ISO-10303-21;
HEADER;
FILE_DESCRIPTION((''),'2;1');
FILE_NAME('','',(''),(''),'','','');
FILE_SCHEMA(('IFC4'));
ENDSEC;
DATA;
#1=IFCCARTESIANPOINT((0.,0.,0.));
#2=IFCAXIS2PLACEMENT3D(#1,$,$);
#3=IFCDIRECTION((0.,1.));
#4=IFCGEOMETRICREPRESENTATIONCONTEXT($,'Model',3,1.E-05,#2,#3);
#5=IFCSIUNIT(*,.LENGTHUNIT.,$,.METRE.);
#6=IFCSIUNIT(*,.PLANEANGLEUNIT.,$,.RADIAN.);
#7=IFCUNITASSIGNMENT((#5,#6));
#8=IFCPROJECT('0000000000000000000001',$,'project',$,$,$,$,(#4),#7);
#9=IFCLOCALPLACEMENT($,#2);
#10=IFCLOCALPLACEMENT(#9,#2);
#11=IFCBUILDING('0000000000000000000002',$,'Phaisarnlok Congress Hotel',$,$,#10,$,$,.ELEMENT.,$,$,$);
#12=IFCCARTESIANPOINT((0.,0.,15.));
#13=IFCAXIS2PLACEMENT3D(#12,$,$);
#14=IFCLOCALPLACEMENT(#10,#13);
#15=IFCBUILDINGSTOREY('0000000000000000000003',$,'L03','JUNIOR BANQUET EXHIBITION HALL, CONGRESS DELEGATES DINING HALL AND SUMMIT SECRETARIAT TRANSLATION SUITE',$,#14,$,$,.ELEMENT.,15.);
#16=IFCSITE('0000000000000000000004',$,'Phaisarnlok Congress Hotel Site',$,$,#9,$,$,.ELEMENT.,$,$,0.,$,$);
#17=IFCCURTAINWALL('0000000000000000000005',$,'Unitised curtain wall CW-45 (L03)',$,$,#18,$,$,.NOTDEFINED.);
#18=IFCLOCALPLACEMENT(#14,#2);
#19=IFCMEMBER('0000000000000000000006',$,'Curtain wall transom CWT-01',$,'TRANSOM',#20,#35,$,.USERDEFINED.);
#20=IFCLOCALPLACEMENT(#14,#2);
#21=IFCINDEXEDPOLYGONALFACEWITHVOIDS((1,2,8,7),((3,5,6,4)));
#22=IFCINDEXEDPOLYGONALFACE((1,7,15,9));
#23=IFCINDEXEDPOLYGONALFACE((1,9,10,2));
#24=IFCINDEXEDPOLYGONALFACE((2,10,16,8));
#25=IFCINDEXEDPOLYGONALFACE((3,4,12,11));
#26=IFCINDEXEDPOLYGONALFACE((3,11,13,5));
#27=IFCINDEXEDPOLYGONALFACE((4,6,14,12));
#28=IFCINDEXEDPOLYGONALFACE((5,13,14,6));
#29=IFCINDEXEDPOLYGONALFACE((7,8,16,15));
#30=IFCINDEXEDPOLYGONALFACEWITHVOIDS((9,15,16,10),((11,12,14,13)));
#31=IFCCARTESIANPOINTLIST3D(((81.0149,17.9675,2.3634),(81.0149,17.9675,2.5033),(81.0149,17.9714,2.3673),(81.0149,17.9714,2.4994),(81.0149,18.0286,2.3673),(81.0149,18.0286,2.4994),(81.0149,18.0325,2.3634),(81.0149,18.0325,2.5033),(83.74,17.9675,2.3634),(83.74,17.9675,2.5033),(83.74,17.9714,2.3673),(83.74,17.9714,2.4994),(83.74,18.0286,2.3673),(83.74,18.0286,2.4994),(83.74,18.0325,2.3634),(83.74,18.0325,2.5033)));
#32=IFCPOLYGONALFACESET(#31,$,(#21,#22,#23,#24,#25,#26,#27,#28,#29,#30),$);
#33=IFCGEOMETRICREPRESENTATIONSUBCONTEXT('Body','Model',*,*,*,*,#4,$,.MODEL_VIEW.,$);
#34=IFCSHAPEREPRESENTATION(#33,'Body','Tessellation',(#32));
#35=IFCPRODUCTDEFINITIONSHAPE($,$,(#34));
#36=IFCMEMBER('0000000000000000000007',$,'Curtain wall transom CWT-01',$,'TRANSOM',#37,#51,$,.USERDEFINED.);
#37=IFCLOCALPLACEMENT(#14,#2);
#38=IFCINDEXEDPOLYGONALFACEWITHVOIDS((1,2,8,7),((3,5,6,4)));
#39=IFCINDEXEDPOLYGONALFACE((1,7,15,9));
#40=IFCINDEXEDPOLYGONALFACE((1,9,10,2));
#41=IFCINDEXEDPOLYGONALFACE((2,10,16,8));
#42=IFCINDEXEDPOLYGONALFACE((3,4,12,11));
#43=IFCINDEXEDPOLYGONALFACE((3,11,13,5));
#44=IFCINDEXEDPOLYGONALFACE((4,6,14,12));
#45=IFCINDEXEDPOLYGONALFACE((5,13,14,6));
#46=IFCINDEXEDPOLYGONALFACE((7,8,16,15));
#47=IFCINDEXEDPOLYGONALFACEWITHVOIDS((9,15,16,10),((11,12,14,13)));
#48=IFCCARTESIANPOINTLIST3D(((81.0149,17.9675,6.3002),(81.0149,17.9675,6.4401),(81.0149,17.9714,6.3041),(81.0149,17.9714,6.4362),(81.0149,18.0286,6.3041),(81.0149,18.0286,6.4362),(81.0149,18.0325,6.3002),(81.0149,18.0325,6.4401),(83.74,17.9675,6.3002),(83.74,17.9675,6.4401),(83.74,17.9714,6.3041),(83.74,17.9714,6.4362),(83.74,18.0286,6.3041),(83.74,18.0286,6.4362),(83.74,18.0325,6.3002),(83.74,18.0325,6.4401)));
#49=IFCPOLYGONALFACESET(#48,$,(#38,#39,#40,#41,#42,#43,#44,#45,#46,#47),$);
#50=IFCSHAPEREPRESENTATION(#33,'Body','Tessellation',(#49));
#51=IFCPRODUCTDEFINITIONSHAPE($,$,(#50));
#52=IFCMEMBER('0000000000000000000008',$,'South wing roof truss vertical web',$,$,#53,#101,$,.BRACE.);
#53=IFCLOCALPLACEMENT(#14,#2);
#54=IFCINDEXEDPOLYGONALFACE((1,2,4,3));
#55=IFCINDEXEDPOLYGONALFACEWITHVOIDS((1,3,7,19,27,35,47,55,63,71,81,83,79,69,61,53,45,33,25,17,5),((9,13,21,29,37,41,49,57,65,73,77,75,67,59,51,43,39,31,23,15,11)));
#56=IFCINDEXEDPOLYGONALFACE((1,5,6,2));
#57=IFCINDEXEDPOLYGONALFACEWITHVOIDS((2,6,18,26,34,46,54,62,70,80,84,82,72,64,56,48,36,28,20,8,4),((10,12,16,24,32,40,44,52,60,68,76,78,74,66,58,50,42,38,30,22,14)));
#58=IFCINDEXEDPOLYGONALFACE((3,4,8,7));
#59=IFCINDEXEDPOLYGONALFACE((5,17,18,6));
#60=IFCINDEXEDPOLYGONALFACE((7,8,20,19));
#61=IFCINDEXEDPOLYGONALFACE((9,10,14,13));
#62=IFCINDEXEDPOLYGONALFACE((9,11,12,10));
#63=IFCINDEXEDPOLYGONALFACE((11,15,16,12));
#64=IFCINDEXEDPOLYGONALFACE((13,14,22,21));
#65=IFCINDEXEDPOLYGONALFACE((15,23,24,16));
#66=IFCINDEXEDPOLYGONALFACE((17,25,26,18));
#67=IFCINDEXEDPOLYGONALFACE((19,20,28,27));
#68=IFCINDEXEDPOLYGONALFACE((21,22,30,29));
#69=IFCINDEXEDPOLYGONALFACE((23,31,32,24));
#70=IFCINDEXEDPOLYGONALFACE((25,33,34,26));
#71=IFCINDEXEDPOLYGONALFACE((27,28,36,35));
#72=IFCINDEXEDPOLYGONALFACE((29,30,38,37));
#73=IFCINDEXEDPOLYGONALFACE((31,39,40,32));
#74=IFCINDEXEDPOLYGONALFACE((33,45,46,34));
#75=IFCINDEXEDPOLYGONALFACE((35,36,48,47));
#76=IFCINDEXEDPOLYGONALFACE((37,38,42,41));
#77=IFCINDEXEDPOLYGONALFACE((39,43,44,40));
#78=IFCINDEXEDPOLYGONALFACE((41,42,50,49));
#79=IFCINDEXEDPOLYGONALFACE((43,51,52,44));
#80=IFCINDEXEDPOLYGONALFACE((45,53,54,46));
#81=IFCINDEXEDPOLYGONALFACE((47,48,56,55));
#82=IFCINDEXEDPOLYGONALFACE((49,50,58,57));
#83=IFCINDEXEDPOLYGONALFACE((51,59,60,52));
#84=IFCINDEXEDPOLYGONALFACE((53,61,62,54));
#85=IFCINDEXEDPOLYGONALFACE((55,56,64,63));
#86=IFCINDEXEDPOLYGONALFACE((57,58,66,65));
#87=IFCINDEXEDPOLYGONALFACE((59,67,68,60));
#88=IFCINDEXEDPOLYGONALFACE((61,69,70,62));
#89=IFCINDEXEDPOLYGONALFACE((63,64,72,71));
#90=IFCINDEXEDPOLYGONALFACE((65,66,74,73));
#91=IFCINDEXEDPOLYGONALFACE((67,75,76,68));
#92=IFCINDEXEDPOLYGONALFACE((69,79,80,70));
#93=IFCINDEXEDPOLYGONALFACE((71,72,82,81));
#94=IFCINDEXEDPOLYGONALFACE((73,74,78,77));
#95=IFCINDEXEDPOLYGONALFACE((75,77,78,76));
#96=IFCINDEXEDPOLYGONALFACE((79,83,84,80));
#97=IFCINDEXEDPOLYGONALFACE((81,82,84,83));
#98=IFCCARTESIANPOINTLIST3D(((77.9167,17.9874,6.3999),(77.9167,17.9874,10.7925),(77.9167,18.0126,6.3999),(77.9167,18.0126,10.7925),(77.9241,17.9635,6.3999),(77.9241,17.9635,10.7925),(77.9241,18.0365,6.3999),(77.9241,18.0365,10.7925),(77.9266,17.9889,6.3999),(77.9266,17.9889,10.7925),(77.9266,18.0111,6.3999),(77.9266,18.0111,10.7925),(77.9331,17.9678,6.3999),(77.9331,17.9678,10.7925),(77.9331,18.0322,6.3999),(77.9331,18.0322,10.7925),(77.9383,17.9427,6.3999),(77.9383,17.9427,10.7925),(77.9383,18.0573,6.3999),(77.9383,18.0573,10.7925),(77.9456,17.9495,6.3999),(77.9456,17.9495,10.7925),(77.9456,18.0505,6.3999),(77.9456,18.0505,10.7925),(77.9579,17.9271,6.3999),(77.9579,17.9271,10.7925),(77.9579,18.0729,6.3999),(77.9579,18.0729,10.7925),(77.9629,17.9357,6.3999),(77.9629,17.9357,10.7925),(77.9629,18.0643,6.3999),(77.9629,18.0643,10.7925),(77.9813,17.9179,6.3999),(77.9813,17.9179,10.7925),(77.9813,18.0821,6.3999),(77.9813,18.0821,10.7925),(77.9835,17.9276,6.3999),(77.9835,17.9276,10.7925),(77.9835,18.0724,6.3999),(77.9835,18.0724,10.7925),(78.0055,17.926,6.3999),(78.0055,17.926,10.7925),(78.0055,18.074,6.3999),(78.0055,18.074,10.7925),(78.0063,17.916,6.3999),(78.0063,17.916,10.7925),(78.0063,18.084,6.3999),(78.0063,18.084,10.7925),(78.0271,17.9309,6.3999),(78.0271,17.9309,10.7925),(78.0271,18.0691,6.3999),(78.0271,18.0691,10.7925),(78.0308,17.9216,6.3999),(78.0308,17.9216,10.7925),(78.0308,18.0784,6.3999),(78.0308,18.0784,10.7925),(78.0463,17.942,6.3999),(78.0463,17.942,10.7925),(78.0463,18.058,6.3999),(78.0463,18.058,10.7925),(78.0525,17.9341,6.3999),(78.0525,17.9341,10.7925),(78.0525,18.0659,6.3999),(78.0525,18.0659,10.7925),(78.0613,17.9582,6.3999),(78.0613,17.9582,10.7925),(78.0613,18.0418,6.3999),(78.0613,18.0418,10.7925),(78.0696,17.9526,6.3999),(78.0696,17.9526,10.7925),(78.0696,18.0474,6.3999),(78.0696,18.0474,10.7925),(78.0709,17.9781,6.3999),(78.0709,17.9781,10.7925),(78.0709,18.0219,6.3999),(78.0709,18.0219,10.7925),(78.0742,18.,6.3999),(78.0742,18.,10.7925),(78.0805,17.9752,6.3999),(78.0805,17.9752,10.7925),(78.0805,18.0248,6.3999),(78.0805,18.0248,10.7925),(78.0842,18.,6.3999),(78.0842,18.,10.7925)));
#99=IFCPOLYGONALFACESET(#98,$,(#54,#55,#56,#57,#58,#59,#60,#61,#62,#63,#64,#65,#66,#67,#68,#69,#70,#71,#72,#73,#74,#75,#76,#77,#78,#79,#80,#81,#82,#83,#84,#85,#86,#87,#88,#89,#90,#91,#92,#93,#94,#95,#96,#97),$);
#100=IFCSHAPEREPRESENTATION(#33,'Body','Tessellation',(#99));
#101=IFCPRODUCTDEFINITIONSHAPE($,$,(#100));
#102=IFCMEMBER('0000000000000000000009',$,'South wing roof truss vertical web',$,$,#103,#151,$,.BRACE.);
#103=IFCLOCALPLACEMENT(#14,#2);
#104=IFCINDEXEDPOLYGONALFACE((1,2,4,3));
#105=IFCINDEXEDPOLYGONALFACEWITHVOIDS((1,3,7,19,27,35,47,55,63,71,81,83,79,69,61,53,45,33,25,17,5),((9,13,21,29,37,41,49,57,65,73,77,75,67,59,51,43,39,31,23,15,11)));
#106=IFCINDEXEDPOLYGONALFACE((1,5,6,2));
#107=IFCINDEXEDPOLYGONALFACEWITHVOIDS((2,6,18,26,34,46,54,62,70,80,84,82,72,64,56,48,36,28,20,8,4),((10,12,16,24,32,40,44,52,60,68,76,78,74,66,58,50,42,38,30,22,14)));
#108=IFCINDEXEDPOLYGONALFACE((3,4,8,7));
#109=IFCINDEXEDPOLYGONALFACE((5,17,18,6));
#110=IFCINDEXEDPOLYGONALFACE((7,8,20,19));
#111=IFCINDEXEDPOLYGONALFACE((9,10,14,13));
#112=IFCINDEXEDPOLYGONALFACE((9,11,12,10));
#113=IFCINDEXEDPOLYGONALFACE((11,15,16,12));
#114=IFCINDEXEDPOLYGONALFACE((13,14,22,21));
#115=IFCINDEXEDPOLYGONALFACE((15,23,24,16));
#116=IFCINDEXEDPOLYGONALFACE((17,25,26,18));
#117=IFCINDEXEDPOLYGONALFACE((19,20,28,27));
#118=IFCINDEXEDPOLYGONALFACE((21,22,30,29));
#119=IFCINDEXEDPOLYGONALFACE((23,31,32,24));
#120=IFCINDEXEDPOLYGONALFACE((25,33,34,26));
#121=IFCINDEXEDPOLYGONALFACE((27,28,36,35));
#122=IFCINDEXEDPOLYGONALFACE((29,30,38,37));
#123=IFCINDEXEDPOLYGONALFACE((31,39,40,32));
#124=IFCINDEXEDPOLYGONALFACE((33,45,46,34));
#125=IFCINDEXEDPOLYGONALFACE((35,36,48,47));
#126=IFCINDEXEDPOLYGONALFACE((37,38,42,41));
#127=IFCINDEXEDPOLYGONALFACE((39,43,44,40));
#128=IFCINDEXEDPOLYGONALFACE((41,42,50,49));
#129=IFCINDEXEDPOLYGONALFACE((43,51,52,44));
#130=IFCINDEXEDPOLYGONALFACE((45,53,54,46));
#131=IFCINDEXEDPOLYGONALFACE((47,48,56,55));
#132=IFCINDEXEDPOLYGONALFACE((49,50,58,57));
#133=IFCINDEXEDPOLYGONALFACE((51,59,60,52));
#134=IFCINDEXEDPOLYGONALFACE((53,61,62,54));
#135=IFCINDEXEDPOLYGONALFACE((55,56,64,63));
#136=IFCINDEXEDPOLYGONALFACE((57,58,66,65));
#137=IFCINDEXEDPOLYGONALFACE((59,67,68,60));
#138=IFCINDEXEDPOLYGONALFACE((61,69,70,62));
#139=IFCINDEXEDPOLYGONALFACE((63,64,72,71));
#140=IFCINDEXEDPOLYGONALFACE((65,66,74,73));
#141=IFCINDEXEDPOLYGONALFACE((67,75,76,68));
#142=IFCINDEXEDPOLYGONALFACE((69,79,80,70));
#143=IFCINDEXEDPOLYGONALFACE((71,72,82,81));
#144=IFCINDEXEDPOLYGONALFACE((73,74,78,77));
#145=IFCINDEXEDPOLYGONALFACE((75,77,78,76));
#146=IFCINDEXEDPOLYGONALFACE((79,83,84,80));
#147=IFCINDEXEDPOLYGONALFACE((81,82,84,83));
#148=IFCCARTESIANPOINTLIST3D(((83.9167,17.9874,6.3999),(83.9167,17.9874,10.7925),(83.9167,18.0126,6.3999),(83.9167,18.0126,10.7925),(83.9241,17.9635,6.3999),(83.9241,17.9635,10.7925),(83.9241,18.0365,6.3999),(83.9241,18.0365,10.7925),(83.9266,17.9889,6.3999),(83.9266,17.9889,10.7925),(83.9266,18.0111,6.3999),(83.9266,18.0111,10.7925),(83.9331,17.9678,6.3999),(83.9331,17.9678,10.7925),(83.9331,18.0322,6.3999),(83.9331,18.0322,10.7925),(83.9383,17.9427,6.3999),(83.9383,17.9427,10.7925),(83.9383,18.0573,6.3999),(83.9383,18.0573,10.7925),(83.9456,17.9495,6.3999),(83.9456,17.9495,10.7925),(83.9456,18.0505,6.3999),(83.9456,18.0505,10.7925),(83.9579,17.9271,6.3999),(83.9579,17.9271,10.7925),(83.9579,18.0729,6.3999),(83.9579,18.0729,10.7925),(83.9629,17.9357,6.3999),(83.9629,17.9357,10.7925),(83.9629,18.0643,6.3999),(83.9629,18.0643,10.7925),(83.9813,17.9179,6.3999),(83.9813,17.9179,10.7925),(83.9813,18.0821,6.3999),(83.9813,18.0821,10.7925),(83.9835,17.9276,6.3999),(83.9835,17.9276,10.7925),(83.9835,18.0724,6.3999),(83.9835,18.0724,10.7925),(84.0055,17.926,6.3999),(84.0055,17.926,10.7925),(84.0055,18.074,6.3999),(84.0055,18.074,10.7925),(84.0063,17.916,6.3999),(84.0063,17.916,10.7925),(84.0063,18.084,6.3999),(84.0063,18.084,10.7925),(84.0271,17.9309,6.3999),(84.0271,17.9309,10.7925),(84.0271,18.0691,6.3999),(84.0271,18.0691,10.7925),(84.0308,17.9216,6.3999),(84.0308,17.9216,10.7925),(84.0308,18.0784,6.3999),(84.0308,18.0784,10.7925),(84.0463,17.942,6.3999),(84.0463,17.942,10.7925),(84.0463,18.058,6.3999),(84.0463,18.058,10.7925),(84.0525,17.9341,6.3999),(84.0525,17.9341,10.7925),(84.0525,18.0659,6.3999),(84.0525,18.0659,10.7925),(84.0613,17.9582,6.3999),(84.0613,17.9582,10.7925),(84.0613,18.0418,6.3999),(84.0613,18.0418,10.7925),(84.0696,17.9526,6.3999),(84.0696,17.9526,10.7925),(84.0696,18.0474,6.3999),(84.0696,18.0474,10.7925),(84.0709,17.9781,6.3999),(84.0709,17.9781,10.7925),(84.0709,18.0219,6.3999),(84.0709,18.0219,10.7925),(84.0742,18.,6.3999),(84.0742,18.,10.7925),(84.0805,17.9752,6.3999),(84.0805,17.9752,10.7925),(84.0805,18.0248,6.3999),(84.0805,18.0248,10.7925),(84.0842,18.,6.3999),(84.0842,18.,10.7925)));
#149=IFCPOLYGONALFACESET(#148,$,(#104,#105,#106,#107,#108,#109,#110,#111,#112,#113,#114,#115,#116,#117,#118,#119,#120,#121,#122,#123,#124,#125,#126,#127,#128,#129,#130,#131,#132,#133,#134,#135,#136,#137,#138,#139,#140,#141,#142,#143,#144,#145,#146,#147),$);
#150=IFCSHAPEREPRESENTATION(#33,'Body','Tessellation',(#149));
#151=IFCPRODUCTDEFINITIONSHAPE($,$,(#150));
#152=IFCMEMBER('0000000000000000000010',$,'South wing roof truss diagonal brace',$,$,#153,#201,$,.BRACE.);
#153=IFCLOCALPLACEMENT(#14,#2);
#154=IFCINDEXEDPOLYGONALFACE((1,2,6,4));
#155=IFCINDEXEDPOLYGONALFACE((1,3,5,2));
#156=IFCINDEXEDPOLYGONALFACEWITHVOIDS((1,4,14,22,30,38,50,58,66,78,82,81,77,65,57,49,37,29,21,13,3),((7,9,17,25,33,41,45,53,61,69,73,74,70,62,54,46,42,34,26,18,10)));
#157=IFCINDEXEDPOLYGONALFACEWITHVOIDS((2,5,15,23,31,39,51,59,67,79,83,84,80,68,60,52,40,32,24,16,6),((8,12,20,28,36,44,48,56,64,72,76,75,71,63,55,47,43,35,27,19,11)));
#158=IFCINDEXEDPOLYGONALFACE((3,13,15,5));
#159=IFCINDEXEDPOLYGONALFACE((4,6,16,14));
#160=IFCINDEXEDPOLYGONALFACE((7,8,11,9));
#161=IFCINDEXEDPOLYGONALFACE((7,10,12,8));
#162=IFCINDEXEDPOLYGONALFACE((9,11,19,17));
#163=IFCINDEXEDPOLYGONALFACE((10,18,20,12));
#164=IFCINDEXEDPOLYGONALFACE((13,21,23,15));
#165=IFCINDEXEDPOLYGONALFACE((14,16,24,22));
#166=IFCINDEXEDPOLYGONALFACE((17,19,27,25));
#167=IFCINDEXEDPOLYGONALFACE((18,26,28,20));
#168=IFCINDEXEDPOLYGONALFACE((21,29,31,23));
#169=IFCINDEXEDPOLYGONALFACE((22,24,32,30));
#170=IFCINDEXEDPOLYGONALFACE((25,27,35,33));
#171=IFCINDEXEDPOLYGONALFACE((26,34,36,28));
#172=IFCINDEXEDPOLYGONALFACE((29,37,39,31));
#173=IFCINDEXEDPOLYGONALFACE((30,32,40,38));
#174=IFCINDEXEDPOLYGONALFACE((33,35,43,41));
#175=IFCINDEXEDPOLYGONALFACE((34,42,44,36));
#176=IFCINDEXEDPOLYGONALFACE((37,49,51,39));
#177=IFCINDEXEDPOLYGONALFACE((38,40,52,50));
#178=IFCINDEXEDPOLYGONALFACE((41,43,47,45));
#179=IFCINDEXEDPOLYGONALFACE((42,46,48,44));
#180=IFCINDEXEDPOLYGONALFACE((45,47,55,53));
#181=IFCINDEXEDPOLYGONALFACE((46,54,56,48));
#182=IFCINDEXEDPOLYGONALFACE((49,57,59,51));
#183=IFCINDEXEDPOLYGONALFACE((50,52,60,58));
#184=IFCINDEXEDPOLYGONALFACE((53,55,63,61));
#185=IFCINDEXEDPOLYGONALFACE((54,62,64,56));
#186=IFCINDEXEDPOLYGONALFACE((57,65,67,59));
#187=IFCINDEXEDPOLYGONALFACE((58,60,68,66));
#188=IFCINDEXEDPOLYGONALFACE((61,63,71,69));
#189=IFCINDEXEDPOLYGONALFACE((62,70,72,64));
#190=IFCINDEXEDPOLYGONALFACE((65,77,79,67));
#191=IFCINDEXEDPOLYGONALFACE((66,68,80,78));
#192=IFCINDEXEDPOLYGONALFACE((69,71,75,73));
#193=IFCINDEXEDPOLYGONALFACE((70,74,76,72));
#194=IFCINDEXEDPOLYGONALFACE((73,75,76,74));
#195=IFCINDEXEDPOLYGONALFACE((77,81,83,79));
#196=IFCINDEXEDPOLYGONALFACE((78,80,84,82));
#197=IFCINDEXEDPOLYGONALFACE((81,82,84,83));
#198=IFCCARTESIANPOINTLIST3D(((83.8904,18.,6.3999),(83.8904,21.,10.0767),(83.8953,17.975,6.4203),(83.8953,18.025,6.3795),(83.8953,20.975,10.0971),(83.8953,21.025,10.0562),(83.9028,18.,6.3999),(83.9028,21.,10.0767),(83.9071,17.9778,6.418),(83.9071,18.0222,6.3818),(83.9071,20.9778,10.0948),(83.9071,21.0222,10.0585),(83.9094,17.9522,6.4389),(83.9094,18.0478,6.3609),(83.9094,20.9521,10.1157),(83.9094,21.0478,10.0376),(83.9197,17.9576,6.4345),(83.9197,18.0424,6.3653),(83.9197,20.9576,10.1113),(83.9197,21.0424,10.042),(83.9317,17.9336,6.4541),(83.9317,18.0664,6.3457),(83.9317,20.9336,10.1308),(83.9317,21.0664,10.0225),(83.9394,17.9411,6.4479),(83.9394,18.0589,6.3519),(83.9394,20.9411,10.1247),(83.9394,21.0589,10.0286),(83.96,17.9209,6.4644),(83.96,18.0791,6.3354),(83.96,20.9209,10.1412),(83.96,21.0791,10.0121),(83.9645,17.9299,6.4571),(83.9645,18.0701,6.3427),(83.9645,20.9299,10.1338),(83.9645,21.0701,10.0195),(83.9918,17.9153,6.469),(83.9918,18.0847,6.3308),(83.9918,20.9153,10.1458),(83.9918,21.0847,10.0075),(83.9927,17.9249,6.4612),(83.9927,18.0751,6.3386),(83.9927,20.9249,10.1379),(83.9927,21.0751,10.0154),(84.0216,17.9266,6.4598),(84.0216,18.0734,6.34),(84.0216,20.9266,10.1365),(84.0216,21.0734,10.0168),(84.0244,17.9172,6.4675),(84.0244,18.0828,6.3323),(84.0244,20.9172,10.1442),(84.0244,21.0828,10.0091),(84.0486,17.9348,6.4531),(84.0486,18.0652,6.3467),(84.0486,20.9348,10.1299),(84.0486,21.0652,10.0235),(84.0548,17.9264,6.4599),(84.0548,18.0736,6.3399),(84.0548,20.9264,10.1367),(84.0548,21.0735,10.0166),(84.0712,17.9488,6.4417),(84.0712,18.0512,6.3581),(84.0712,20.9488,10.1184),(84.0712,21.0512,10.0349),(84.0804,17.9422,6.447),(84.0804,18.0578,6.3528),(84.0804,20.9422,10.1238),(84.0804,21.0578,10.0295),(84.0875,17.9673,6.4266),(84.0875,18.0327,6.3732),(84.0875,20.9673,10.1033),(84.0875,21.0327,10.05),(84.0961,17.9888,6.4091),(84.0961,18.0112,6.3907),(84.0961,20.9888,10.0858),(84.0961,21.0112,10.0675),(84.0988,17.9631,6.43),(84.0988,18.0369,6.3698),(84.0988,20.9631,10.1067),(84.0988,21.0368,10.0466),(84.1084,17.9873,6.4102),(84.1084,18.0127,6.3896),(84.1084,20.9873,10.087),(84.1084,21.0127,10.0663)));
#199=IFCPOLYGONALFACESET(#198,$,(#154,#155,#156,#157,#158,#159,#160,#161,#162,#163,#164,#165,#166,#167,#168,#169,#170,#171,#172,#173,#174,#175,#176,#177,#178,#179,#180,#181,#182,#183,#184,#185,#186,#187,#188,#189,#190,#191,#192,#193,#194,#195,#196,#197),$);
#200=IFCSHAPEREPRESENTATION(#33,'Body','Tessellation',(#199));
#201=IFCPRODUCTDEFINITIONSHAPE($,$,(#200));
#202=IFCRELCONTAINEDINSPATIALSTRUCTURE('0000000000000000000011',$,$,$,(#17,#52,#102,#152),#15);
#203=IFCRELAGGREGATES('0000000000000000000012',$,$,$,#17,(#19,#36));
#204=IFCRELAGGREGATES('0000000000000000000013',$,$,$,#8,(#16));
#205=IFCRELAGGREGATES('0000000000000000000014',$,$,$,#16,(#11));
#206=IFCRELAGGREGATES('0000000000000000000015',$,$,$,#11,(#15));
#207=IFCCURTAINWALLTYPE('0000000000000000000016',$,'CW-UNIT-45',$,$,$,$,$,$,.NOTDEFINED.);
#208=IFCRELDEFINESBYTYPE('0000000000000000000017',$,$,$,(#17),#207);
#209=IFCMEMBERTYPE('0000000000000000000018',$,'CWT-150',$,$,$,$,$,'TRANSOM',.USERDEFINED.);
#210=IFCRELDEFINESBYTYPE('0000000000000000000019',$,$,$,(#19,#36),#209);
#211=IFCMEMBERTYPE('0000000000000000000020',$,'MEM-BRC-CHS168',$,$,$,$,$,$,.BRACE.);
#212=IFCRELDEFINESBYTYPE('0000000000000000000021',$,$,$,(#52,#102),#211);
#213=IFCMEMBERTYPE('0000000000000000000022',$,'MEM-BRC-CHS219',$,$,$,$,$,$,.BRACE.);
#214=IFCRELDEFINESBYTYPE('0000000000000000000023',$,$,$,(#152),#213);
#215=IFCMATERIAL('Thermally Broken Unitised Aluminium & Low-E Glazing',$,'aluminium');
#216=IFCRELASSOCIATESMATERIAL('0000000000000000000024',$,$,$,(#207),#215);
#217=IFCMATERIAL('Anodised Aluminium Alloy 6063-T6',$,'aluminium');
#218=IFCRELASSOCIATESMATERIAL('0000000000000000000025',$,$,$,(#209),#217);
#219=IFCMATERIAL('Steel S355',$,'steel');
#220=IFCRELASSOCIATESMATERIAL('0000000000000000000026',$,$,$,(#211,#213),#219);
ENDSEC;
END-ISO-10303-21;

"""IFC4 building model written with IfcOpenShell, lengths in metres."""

from ifc_helpers import new_model, si_unit, direction, frame, origin, origin_2d, place, context, subcontext, project, spatial, hollow_rectangle, hollow_circle, extrude, material, material_profile, profile_set, type_object, element, aggregate, save


model = new_model("IFC4")

# Units and contexts
model_context = context("Model", 3, precision=1e-05, world=origin(), true_north=direction((0.0, 1.0)))
body_context = subcontext(model_context, "Body", "Model", "MODEL_VIEW")
ifc_project = project(units=[si_unit("LENGTHUNIT", "METRE"), si_unit("PLANEANGLEUNIT", "RADIAN")], contexts=[model_context])

# Site, building, storey
site_placement = place(None, origin())
site = spatial("IfcSite", under=ifc_project, at=site_placement, Name="Phaisarnlok Congress Hotel Site", CompositionType="ELEMENT", RefElevation=0.0)
building_placement = place(site_placement, origin())
building = spatial("IfcBuilding", under=site, at=building_placement, Name="Phaisarnlok Congress Hotel", CompositionType="ELEMENT")
storey_placement = place(building_placement, frame((0.0, 0.0, 15.0)))
storey = spatial("IfcBuildingStorey", under=building, at=storey_placement, Name="L03", Description="JUNIOR BANQUET EXHIBITION HALL, CONGRESS DELEGATES DINING HALL AND SUMMIT SECRETARIAT TRANSLATION SUITE", CompositionType="ELEMENT", Elevation=15.0)

# Shared definitions
ifc_material_1 = material(Name="Steel S355", Category="steel")

# Curtain wall, members
ifc_material_2 = material(Name="Thermally Broken Unitised Aluminium & Low-E Glazing", Category="aluminium")
curtain_wall_type = type_object("IfcCurtainWallType", Name="CW-UNIT-45", PredefinedType="NOTDEFINED", material=ifc_material_2)
curtain_wall_placement = place(storey_placement, origin())
curtain_wall = element("IfcCurtainWall", 1, at=curtain_wall_placement, inside=storey, type_object=curtain_wall_type, Name="Unitised curtain wall CW-45 (L03)", PredefinedType="NOTDEFINED")
ifc_material_3 = material(Name="Anodised Aluminium Alloy 6063-T6", Category="aluminium")
ifc_material_profile_1 = material_profile(ifc_material_3, hollow_rectangle(XDim=0.0649, YDim=0.1399, WallThickness=0.0039, at=origin_2d()), Name="ALU-T 65x140x4")
ifc_profile_set_1 = profile_set([ifc_material_profile_1], Name="Anodised Aluminium Alloy 6063-T6")
member_type_1 = type_object("IfcMemberType", Name="CWT-150", ElementType="TRANSOM", PredefinedType="USERDEFINED", material=ifc_profile_set_1)
member_1_placement = place(storey_placement, frame((81.0149, 18.0, 2.4333), z_axis=(1.0, 0.0, 0.0), x_axis=(0.0, 1.0, 0.0)))
member_1 = element("IfcMember", 2, at=member_1_placement, type_object=member_type_1, Name="Curtain wall transom CWT-01", ObjectType="TRANSOM", PredefinedType="USERDEFINED", context=body_context, shape_type="SweptSolid", body=[
    extrude(hollow_rectangle(XDim=0.0649, YDim=0.1399, WallThickness=0.0039, at=origin_2d()), origin(), (0.0, 0.0, 1.0), 2.7251),
])
member_2_placement = place(storey_placement, frame((81.0149, 18.0, 6.3701), z_axis=(1.0, 0.0, 0.0), x_axis=(0.0, 1.0, 0.0)))
member_2 = element("IfcMember", 3, at=member_2_placement, type_object=member_type_1, Name="Curtain wall transom CWT-01", ObjectType="TRANSOM", PredefinedType="USERDEFINED", context=body_context, shape_type="SweptSolid", body=[
    extrude(hollow_rectangle(XDim=0.0649, YDim=0.1399, WallThickness=0.0039, at=origin_2d()), origin(), (0.0, 0.0, 1.0), 2.7251),
])

# Members
ifc_material_profile_2 = material_profile(ifc_material_1, hollow_circle(Radius=0.0842, WallThickness=0.01, at=origin_2d()), Name="CHS 168.3x10")
ifc_profile_set_2 = profile_set([ifc_material_profile_2], Name="Steel S355")
member_type_2 = type_object("IfcMemberType", Name="MEM-BRC-CHS168", PredefinedType="BRACE", material=ifc_profile_set_2)
for number, where, z_axis, x_axis, name in (
    (4, (78.0, 18.0, 6.3999), (0.0, 0.0, 1.0), (1.0, 0.0, 0.0), "South wing roof truss vertical web"),
    (5, (84.0, 18.0, 6.3999), (0.0, 0.0, 1.0), (1.0, 0.0, 0.0), "South wing roof truss vertical web"),
):
    element("IfcMember", number, at=place(storey_placement, frame(where, z_axis=z_axis, x_axis=x_axis)), inside=storey, type_object=member_type_2, Name=name, PredefinedType="BRACE", context=body_context, shape_type="SweptSolid", body=[
        extrude(hollow_circle(Radius=0.0842, WallThickness=0.01, at=origin_2d()), origin(), (0.0, 0.0, 1.0), 4.3926),
    ])
ifc_material_profile_3 = material_profile(ifc_material_1, hollow_circle(Radius=0.1096, WallThickness=0.0125, at=origin_2d()), Name="CHS 219.1x12.5")
ifc_profile_set_3 = profile_set([ifc_material_profile_3], Name="Steel S355")
member_type_3 = type_object("IfcMemberType", Name="MEM-BRC-CHS219", PredefinedType="BRACE", material=ifc_profile_set_3)
member_3_placement = place(storey_placement, frame((84.0, 18.0, 6.3999), z_axis=(0.0, 0.632195, 0.774809), x_axis=(-1.0, 0.0, 0.0)))
element("IfcMember", 6, at=member_3_placement, inside=storey, type_object=member_type_3, Name="South wing roof truss diagonal brace", PredefinedType="BRACE", context=body_context, shape_type="SweptSolid", body=[
    extrude(hollow_circle(Radius=0.1096, WallThickness=0.0125, at=origin_2d()), origin(), (0.0, 0.0, 1.0), 4.7454),
])

aggregate(curtain_wall, [member_1, member_2])

save(model, "model.ifc")
